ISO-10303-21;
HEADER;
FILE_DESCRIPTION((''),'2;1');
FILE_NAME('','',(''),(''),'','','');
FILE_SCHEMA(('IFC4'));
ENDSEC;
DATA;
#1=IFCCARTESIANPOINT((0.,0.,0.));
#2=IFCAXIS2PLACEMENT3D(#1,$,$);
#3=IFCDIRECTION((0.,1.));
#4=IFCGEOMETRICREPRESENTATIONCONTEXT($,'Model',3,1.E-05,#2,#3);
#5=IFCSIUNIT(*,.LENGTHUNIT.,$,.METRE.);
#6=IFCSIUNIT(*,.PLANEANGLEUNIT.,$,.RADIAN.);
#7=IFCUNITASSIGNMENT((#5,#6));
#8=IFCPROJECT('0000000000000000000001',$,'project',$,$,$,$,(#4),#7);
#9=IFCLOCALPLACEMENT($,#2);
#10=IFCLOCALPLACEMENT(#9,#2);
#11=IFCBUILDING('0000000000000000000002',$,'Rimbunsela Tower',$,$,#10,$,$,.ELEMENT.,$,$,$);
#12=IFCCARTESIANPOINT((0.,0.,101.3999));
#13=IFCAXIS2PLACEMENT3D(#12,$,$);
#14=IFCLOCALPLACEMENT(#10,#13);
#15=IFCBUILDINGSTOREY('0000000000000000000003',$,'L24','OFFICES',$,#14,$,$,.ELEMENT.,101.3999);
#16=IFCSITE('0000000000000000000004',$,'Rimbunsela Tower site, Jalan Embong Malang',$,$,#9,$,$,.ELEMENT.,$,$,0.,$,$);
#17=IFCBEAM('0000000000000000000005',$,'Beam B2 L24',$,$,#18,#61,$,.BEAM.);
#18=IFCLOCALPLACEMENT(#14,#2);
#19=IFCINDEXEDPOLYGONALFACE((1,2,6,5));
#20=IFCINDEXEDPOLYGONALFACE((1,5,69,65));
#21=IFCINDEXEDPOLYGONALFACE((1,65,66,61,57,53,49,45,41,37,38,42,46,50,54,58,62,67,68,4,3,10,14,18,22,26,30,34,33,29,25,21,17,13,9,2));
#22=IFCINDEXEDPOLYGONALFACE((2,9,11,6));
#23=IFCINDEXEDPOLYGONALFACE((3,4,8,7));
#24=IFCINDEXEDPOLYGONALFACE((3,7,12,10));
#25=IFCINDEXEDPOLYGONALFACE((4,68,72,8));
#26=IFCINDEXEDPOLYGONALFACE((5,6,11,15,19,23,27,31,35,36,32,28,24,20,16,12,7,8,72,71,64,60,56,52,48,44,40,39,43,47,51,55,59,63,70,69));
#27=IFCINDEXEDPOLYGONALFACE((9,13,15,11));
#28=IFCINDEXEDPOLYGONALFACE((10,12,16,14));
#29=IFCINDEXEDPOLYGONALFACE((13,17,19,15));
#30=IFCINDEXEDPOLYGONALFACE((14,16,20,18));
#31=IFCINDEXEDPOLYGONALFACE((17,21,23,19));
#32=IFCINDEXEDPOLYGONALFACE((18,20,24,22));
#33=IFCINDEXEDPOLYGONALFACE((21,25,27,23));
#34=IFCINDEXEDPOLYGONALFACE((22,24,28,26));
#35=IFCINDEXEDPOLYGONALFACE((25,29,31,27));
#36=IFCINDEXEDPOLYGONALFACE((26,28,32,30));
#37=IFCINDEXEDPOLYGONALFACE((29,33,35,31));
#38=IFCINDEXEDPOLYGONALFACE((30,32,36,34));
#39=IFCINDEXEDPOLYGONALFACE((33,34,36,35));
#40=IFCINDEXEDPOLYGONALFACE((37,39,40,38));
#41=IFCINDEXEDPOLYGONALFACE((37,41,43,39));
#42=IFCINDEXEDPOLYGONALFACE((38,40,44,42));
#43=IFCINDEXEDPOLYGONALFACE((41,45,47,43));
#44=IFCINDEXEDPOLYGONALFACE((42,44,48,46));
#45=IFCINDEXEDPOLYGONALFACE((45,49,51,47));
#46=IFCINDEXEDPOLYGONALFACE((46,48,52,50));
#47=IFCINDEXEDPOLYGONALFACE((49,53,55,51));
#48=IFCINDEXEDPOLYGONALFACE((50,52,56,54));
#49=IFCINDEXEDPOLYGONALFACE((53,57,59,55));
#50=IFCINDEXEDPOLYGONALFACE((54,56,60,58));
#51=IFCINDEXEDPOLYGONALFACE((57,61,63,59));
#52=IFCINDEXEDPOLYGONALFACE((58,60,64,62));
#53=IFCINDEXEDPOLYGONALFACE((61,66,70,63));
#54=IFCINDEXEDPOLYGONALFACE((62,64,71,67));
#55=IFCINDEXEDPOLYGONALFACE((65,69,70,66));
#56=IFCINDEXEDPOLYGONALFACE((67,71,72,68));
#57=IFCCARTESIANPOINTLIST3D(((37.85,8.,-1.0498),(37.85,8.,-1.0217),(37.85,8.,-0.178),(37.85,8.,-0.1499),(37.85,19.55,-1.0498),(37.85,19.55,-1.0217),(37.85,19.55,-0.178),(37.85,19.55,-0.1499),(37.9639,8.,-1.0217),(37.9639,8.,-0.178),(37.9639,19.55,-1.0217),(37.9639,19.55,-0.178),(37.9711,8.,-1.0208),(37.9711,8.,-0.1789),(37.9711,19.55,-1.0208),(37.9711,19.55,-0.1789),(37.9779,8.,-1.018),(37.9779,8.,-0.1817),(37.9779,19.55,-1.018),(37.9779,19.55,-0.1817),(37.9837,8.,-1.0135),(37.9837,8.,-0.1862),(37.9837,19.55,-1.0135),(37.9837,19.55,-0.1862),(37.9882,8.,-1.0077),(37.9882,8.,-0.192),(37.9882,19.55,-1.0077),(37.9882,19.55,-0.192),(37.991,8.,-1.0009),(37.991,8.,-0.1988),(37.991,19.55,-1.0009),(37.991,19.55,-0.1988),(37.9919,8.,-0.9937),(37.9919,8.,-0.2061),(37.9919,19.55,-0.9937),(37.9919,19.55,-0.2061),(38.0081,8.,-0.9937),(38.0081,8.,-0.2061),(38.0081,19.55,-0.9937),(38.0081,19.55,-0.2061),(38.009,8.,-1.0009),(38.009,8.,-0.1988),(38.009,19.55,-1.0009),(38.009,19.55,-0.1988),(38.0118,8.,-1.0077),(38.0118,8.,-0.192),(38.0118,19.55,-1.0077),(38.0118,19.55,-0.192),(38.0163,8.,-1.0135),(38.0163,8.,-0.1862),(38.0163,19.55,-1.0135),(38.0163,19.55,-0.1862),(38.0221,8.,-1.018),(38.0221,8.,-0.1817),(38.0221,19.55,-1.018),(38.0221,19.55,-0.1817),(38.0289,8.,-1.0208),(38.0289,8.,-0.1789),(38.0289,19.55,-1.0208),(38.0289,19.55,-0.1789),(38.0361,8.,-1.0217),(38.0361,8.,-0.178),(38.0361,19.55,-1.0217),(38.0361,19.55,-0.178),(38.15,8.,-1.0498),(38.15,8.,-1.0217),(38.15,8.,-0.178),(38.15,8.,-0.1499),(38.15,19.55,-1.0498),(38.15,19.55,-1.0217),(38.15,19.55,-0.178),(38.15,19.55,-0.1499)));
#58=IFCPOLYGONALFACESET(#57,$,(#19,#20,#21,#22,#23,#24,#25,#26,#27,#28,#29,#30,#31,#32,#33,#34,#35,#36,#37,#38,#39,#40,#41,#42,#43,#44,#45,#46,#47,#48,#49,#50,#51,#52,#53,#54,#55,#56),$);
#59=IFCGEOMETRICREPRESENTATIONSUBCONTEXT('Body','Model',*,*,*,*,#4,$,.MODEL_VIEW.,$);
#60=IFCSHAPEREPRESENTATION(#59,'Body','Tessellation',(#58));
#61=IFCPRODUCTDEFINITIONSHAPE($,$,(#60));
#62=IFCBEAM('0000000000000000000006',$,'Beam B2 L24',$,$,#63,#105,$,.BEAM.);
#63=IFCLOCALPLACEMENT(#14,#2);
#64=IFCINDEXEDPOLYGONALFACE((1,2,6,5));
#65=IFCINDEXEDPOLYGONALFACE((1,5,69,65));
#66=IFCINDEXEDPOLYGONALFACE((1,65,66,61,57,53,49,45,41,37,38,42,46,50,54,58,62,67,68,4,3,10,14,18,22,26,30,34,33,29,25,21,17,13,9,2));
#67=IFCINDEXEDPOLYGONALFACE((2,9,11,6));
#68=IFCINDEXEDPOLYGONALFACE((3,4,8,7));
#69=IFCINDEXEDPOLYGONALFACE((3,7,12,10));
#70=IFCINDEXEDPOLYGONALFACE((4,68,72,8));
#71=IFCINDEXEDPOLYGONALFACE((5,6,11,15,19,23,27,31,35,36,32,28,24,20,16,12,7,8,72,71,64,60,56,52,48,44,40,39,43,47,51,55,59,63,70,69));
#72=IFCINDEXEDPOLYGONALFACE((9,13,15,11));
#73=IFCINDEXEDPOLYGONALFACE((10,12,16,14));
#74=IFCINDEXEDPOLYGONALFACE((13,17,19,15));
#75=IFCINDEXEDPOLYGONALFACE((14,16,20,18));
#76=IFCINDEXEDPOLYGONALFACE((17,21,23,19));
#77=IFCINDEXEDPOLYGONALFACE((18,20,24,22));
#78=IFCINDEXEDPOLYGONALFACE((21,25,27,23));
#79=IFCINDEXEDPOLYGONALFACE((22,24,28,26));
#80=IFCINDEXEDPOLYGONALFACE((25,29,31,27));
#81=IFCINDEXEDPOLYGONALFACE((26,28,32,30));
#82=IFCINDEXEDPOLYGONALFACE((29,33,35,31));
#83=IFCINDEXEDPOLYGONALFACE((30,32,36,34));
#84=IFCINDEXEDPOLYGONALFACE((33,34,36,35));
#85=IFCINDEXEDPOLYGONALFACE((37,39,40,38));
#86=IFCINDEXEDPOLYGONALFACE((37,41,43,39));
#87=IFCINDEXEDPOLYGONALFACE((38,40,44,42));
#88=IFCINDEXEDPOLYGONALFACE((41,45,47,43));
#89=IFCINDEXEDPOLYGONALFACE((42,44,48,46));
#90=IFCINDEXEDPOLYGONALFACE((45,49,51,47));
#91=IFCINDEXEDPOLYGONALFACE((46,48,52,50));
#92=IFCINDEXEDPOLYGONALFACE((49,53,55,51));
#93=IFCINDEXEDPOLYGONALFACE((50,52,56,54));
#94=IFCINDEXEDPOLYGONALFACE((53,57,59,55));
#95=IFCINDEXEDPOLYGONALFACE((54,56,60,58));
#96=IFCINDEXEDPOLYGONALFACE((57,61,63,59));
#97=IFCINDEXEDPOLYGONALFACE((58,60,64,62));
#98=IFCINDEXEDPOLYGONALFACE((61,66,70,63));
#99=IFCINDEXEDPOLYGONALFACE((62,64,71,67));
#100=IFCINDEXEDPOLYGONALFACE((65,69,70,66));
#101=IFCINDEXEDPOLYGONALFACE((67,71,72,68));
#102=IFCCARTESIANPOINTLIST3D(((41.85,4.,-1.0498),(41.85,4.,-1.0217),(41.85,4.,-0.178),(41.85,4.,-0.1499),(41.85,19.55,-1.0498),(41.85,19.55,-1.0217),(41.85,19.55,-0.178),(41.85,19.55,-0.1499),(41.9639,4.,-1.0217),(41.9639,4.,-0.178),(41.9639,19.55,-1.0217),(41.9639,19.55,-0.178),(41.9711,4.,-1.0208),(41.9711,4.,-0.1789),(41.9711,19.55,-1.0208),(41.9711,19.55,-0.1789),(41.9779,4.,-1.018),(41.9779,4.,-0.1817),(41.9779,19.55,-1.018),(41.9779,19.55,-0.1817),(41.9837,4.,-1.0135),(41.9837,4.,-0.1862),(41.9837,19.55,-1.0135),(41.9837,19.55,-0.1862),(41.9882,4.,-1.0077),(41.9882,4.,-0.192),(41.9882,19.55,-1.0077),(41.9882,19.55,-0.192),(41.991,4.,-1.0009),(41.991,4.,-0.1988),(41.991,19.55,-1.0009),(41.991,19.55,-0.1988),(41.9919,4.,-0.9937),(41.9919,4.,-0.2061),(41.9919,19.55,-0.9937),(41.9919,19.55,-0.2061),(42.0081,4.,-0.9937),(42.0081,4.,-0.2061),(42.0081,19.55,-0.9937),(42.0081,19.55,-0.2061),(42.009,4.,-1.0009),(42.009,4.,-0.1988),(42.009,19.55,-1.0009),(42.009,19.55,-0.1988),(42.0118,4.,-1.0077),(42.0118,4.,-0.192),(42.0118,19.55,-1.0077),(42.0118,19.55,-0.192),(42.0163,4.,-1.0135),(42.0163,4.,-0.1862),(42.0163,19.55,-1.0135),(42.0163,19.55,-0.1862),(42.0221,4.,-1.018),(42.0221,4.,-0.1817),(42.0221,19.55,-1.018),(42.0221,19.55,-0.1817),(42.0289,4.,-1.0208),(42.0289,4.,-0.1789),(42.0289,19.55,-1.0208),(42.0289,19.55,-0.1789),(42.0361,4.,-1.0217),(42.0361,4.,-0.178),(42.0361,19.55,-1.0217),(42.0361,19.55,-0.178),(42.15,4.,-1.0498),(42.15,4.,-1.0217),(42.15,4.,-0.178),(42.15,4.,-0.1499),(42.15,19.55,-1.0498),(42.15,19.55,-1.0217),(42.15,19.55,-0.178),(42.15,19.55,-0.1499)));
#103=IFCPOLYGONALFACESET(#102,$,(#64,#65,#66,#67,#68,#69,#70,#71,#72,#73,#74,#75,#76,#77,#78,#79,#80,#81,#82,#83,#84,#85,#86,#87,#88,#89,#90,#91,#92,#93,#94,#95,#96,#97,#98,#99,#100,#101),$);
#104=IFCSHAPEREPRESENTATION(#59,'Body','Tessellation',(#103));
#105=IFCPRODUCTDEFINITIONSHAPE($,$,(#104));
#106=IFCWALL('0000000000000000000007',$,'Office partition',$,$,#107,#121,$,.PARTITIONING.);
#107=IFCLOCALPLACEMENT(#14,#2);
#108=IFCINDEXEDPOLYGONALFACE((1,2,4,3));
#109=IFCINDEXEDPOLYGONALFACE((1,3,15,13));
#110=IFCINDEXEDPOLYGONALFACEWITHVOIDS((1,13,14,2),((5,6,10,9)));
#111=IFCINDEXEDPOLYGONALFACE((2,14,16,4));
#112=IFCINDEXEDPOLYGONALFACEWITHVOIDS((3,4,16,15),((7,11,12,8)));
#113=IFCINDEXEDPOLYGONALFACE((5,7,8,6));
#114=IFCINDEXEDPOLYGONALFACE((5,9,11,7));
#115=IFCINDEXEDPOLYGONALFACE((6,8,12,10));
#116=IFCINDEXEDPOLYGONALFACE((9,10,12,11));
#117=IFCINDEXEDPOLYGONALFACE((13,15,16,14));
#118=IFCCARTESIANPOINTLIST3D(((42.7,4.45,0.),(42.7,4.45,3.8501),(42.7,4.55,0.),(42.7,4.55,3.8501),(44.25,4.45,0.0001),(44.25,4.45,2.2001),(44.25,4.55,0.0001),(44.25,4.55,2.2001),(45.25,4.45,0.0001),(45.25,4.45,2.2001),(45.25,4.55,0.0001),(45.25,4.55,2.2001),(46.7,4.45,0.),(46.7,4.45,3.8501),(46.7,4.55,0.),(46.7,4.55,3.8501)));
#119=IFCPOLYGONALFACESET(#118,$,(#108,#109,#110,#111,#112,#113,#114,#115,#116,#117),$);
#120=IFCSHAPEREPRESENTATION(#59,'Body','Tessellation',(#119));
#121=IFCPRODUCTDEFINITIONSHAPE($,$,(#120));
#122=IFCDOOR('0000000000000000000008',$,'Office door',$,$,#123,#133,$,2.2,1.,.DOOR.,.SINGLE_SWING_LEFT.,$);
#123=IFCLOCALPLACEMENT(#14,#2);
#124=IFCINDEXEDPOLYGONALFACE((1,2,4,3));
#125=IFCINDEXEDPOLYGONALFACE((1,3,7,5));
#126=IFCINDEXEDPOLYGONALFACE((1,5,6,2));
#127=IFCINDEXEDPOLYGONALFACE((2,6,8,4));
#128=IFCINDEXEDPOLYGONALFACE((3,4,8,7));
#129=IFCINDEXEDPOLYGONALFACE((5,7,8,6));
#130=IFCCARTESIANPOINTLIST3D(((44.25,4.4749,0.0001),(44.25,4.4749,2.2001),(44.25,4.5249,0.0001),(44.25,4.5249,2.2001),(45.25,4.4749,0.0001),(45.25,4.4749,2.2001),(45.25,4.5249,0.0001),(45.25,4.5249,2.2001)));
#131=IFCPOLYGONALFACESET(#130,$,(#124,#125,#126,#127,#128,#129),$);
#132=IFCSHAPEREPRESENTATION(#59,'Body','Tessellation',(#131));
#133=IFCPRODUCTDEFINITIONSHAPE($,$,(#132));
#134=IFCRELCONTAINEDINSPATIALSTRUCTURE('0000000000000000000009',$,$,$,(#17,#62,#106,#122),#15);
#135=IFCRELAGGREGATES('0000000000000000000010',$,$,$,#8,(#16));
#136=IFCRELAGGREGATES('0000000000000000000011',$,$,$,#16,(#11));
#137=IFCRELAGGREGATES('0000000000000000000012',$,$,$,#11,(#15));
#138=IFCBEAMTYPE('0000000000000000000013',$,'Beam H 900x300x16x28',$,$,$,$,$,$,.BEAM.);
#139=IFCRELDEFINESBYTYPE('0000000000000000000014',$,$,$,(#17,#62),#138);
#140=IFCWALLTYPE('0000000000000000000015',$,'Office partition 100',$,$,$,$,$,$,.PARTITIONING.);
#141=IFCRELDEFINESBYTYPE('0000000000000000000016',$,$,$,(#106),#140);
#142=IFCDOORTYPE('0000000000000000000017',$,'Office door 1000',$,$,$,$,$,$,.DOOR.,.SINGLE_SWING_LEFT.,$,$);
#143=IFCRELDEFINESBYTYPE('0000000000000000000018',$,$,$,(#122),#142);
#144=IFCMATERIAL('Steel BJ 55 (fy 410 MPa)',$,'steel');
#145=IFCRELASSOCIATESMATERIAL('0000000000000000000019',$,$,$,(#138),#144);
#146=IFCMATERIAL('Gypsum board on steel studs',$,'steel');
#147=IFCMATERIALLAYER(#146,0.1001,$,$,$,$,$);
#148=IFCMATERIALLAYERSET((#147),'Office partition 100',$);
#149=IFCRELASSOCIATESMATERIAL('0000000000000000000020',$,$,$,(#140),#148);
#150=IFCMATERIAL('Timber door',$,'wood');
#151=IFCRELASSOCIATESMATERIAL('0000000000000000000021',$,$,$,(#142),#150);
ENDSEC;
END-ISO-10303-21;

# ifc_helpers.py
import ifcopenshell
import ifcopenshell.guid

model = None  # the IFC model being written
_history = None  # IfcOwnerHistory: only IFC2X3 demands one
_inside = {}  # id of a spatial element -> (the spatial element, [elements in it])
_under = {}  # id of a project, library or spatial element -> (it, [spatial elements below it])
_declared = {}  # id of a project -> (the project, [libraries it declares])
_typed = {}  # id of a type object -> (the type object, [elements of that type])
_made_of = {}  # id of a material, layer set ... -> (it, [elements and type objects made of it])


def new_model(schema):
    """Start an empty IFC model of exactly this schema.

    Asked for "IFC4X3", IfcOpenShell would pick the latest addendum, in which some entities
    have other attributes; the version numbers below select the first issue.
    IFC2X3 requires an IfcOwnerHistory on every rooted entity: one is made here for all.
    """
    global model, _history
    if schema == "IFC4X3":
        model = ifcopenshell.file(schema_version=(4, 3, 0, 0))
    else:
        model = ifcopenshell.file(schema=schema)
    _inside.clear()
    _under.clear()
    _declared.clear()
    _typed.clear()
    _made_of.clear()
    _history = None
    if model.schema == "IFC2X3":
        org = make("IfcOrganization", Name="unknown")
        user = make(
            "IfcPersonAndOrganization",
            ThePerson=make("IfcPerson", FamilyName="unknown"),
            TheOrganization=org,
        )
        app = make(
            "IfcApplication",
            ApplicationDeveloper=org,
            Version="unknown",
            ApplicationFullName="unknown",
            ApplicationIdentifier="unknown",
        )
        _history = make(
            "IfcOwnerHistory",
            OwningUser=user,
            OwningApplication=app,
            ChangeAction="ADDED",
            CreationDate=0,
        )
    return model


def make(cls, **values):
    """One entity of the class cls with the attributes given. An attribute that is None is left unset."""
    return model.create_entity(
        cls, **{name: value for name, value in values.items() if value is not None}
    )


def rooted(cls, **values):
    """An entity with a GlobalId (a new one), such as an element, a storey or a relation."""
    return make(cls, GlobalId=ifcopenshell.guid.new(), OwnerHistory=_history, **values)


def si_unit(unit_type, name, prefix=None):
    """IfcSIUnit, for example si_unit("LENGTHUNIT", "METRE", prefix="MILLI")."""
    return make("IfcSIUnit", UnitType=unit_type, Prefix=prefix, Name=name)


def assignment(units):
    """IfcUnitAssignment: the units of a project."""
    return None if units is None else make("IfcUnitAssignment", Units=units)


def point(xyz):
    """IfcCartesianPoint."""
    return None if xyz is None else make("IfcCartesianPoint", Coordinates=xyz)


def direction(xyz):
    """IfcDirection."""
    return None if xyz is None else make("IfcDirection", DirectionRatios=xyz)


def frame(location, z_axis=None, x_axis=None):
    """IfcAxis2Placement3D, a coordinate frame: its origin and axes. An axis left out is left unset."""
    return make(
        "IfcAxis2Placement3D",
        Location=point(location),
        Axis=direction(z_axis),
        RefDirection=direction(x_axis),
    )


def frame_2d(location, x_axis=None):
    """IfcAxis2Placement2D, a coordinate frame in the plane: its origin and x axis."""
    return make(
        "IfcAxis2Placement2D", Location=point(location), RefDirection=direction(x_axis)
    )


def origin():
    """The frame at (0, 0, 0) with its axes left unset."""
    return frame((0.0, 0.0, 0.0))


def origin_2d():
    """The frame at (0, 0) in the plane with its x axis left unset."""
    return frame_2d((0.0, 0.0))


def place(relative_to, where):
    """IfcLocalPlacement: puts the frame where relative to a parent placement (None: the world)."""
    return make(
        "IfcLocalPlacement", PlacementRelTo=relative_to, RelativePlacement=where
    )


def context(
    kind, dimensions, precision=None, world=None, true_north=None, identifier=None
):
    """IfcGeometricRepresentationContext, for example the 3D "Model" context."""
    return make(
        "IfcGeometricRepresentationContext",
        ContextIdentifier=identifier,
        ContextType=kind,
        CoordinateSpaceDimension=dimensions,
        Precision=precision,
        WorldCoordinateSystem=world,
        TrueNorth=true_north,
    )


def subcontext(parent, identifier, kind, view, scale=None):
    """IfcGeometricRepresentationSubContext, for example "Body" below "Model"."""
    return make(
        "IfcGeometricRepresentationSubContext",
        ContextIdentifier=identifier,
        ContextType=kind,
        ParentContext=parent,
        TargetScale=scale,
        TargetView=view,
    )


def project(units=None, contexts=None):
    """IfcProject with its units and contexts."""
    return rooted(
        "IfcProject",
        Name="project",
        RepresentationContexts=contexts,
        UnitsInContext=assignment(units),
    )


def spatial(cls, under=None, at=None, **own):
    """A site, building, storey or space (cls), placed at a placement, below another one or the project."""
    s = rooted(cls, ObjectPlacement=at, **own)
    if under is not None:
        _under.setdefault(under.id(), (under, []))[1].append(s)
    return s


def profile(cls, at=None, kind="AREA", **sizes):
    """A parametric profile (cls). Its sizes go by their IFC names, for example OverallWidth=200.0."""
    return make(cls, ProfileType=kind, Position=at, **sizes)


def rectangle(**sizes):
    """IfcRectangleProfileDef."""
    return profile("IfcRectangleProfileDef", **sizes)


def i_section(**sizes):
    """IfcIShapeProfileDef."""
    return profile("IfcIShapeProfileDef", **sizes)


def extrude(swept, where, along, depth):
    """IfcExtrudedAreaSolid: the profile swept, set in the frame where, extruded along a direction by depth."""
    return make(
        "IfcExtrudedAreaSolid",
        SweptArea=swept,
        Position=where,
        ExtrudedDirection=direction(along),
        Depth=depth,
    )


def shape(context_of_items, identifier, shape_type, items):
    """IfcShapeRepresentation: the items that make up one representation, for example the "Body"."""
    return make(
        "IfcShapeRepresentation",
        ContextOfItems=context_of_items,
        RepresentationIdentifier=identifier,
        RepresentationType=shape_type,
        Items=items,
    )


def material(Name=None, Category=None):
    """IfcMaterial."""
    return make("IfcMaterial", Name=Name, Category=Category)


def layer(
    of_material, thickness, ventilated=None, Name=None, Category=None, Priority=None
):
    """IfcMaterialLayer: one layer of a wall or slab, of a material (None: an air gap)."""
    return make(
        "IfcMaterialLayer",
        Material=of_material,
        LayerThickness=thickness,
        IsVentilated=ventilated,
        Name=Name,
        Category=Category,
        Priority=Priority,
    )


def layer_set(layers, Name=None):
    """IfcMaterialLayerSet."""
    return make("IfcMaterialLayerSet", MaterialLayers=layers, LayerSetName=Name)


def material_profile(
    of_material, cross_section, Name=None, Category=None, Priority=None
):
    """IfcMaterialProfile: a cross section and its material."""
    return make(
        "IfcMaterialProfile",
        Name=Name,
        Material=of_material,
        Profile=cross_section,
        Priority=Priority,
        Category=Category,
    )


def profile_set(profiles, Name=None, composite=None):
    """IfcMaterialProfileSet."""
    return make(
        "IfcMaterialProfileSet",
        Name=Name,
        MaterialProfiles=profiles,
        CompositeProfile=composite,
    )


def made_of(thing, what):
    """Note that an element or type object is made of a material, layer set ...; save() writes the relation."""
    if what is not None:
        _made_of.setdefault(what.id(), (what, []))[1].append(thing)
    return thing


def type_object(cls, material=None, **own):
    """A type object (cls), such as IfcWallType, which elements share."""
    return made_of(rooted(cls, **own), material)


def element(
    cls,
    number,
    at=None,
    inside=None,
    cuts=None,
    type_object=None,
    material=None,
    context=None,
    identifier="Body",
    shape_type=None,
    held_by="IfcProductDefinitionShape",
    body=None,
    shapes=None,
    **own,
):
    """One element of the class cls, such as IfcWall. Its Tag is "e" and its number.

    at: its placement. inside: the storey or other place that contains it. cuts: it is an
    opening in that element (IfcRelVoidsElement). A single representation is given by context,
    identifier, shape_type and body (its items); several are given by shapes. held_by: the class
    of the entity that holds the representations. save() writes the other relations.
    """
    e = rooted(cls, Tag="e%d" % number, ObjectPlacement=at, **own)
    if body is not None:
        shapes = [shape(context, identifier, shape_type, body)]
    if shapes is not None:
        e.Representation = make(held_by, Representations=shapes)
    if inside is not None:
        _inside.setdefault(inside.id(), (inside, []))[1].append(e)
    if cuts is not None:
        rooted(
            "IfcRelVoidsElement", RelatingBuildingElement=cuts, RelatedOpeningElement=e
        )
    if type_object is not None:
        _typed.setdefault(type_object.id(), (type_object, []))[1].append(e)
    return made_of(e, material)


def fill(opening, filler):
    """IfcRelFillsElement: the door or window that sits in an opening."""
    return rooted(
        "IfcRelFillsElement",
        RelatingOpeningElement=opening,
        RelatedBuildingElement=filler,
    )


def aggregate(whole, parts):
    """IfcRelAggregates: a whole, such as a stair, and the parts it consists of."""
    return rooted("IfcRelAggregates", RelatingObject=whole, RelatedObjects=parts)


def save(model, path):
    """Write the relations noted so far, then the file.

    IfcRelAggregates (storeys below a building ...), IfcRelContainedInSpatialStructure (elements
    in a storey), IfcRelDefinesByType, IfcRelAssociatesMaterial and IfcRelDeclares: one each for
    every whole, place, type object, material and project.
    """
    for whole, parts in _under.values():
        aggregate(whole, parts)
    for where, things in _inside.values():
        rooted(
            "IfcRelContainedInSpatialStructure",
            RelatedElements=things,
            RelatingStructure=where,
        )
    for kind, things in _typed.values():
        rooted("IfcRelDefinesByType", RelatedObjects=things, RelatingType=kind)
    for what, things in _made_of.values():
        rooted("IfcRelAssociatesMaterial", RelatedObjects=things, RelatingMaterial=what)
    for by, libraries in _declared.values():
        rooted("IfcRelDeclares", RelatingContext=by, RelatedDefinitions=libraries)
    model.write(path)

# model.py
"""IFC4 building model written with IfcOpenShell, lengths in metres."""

from ifc_helpers import new_model, si_unit, direction, frame, frame_2d, origin, origin_2d, place, context, subcontext, project, spatial, rectangle, i_section, extrude, material, layer, layer_set, material_profile, profile_set, type_object, element, fill, save


model = new_model("IFC4")

# Units and contexts
model_context = context("Model", 3, precision=1e-05, world=origin(), true_north=direction((0.0, 1.0)))
body_context = subcontext(model_context, "Body", "Model", "MODEL_VIEW")
ifc_project = project(units=[si_unit("LENGTHUNIT", "METRE"), si_unit("PLANEANGLEUNIT", "RADIAN")], contexts=[model_context])

# Site, building, storey
site_placement = place(None, origin())
site = spatial("IfcSite", under=ifc_project, at=site_placement, Name="Rimbunsela Tower site, Jalan Embong Malang", CompositionType="ELEMENT", RefElevation=0.0)
building_placement = place(site_placement, origin())
building = spatial("IfcBuilding", under=site, at=building_placement, Name="Rimbunsela Tower", CompositionType="ELEMENT")
storey_placement = place(building_placement, frame((0.0, 0.0, 101.3999)))
storey = spatial("IfcBuildingStorey", under=building, at=storey_placement, Name="L24", Description="OFFICES", CompositionType="ELEMENT", Elevation=101.3999)

# Beams
ifc_material_1 = material(Name="Steel BJ 55 (fy 410 MPa)", Category="steel")
ifc_material_profile_1 = material_profile(ifc_material_1, i_section(OverallWidth=0.3, OverallDepth=0.8999, WebThickness=0.0161, FlangeThickness=0.0281, FilletRadius=0.0281, at=origin_2d()), Name="H 900x300x16x28")
ifc_profile_set_1 = profile_set([ifc_material_profile_1], Name="Steel BJ 55 (fy 410 MPa)")
beam_type = type_object("IfcBeamType", Name="Beam H 900x300x16x28", PredefinedType="BEAM", material=ifc_profile_set_1)
beam_1_placement = place(storey_placement, frame((38.0, 8.0, -0.5999), z_axis=(0.0, 1.0, 0.0), x_axis=(-1.0, 0.0, 0.0)))
element("IfcBeam", 1, at=beam_1_placement, inside=storey, type_object=beam_type, Name="Beam B2 L24", PredefinedType="BEAM", context=body_context, shape_type="SweptSolid", body=[
    extrude(i_section(OverallWidth=0.3, OverallDepth=0.8999, WebThickness=0.0161, FlangeThickness=0.0281, FilletRadius=0.0281, at=origin_2d()), origin(), (0.0, 0.0, 1.0), 11.55),
])
beam_2_placement = place(storey_placement, frame((42.0, 4.0, -0.5999), z_axis=(0.0, 1.0, 0.0), x_axis=(-1.0, 0.0, 0.0)))
element("IfcBeam", 2, at=beam_2_placement, inside=storey, type_object=beam_type, Name="Beam B2 L24", PredefinedType="BEAM", context=body_context, shape_type="SweptSolid", body=[
    extrude(i_section(OverallWidth=0.3, OverallDepth=0.8999, WebThickness=0.0161, FlangeThickness=0.0281, FilletRadius=0.0281, at=origin_2d()), origin(), (0.0, 0.0, 1.0), 15.55),
])

# Wall, opening, door
ifc_material_2 = material(Name="Gypsum board on steel studs", Category="steel")
ifc_layer_1 = layer(ifc_material_2, 0.1001)
ifc_layer_set_1 = layer_set([ifc_layer_1], Name="Office partition 100")
wall_type_1 = type_object("IfcWallType", Name="Office partition 100", PredefinedType="PARTITIONING", material=ifc_layer_set_1)
wall_1_placement = place(storey_placement, frame((42.7, 4.5, 0.0), z_axis=(0.0, 0.0, 1.0), x_axis=(1.0, 0.0, 0.0)))
wall_1 = element("IfcWall", 3, at=wall_1_placement, inside=storey, type_object=wall_type_1, Name="Office partition", PredefinedType="PARTITIONING", context=body_context, shape_type="SweptSolid", body=[
    extrude(rectangle(XDim=4.0, YDim=0.1001, at=frame_2d((2.0, 0.0))), origin(), (0.0, 0.0, 1.0), 3.8501),
])
opening_1_placement = place(wall_1_placement, frame((1.55, 0.0, 0.0)))
opening_1 = element("IfcOpeningElement", 4, at=opening_1_placement, cuts=wall_1, PredefinedType="OPENING", context=body_context, shape_type="SweptSolid", body=[
    extrude(rectangle(XDim=1.0, YDim=2.2, at=frame_2d((0.5, 1.1001))), frame((0.0, 0.0601, 0.0), z_axis=(0.0, -1.0, 0.0), x_axis=(1.0, 0.0, 0.0)), (0.0, 0.0, 1.0), 0.1201),
])
ifc_material_3 = material(Name="Timber door", Category="wood")
door_type_1 = type_object("IfcDoorType", Name="Office door 1000", OperationType="SINGLE_SWING_LEFT", PredefinedType="DOOR", material=ifc_material_3)
door_1_placement = place(opening_1_placement, origin())
door_1 = element("IfcDoor", 5, at=door_1_placement, inside=storey, type_object=door_type_1, Name="Office door", OperationType="SINGLE_SWING_LEFT", OverallHeight=2.2, OverallWidth=1.0, PredefinedType="DOOR", context=body_context, shape_type="SweptSolid", body=[
    extrude(rectangle(XDim=1.0, YDim=2.2, at=frame_2d((0.5, 1.1001))), frame((0.0, 0.0249, 0.0), z_axis=(0.0, -1.0, 0.0), x_axis=(1.0, 0.0, 0.0)), (0.0, 0.0, 1.0), 0.05),
])
fill(opening_1, door_1)

save(model, "model.ifc")
